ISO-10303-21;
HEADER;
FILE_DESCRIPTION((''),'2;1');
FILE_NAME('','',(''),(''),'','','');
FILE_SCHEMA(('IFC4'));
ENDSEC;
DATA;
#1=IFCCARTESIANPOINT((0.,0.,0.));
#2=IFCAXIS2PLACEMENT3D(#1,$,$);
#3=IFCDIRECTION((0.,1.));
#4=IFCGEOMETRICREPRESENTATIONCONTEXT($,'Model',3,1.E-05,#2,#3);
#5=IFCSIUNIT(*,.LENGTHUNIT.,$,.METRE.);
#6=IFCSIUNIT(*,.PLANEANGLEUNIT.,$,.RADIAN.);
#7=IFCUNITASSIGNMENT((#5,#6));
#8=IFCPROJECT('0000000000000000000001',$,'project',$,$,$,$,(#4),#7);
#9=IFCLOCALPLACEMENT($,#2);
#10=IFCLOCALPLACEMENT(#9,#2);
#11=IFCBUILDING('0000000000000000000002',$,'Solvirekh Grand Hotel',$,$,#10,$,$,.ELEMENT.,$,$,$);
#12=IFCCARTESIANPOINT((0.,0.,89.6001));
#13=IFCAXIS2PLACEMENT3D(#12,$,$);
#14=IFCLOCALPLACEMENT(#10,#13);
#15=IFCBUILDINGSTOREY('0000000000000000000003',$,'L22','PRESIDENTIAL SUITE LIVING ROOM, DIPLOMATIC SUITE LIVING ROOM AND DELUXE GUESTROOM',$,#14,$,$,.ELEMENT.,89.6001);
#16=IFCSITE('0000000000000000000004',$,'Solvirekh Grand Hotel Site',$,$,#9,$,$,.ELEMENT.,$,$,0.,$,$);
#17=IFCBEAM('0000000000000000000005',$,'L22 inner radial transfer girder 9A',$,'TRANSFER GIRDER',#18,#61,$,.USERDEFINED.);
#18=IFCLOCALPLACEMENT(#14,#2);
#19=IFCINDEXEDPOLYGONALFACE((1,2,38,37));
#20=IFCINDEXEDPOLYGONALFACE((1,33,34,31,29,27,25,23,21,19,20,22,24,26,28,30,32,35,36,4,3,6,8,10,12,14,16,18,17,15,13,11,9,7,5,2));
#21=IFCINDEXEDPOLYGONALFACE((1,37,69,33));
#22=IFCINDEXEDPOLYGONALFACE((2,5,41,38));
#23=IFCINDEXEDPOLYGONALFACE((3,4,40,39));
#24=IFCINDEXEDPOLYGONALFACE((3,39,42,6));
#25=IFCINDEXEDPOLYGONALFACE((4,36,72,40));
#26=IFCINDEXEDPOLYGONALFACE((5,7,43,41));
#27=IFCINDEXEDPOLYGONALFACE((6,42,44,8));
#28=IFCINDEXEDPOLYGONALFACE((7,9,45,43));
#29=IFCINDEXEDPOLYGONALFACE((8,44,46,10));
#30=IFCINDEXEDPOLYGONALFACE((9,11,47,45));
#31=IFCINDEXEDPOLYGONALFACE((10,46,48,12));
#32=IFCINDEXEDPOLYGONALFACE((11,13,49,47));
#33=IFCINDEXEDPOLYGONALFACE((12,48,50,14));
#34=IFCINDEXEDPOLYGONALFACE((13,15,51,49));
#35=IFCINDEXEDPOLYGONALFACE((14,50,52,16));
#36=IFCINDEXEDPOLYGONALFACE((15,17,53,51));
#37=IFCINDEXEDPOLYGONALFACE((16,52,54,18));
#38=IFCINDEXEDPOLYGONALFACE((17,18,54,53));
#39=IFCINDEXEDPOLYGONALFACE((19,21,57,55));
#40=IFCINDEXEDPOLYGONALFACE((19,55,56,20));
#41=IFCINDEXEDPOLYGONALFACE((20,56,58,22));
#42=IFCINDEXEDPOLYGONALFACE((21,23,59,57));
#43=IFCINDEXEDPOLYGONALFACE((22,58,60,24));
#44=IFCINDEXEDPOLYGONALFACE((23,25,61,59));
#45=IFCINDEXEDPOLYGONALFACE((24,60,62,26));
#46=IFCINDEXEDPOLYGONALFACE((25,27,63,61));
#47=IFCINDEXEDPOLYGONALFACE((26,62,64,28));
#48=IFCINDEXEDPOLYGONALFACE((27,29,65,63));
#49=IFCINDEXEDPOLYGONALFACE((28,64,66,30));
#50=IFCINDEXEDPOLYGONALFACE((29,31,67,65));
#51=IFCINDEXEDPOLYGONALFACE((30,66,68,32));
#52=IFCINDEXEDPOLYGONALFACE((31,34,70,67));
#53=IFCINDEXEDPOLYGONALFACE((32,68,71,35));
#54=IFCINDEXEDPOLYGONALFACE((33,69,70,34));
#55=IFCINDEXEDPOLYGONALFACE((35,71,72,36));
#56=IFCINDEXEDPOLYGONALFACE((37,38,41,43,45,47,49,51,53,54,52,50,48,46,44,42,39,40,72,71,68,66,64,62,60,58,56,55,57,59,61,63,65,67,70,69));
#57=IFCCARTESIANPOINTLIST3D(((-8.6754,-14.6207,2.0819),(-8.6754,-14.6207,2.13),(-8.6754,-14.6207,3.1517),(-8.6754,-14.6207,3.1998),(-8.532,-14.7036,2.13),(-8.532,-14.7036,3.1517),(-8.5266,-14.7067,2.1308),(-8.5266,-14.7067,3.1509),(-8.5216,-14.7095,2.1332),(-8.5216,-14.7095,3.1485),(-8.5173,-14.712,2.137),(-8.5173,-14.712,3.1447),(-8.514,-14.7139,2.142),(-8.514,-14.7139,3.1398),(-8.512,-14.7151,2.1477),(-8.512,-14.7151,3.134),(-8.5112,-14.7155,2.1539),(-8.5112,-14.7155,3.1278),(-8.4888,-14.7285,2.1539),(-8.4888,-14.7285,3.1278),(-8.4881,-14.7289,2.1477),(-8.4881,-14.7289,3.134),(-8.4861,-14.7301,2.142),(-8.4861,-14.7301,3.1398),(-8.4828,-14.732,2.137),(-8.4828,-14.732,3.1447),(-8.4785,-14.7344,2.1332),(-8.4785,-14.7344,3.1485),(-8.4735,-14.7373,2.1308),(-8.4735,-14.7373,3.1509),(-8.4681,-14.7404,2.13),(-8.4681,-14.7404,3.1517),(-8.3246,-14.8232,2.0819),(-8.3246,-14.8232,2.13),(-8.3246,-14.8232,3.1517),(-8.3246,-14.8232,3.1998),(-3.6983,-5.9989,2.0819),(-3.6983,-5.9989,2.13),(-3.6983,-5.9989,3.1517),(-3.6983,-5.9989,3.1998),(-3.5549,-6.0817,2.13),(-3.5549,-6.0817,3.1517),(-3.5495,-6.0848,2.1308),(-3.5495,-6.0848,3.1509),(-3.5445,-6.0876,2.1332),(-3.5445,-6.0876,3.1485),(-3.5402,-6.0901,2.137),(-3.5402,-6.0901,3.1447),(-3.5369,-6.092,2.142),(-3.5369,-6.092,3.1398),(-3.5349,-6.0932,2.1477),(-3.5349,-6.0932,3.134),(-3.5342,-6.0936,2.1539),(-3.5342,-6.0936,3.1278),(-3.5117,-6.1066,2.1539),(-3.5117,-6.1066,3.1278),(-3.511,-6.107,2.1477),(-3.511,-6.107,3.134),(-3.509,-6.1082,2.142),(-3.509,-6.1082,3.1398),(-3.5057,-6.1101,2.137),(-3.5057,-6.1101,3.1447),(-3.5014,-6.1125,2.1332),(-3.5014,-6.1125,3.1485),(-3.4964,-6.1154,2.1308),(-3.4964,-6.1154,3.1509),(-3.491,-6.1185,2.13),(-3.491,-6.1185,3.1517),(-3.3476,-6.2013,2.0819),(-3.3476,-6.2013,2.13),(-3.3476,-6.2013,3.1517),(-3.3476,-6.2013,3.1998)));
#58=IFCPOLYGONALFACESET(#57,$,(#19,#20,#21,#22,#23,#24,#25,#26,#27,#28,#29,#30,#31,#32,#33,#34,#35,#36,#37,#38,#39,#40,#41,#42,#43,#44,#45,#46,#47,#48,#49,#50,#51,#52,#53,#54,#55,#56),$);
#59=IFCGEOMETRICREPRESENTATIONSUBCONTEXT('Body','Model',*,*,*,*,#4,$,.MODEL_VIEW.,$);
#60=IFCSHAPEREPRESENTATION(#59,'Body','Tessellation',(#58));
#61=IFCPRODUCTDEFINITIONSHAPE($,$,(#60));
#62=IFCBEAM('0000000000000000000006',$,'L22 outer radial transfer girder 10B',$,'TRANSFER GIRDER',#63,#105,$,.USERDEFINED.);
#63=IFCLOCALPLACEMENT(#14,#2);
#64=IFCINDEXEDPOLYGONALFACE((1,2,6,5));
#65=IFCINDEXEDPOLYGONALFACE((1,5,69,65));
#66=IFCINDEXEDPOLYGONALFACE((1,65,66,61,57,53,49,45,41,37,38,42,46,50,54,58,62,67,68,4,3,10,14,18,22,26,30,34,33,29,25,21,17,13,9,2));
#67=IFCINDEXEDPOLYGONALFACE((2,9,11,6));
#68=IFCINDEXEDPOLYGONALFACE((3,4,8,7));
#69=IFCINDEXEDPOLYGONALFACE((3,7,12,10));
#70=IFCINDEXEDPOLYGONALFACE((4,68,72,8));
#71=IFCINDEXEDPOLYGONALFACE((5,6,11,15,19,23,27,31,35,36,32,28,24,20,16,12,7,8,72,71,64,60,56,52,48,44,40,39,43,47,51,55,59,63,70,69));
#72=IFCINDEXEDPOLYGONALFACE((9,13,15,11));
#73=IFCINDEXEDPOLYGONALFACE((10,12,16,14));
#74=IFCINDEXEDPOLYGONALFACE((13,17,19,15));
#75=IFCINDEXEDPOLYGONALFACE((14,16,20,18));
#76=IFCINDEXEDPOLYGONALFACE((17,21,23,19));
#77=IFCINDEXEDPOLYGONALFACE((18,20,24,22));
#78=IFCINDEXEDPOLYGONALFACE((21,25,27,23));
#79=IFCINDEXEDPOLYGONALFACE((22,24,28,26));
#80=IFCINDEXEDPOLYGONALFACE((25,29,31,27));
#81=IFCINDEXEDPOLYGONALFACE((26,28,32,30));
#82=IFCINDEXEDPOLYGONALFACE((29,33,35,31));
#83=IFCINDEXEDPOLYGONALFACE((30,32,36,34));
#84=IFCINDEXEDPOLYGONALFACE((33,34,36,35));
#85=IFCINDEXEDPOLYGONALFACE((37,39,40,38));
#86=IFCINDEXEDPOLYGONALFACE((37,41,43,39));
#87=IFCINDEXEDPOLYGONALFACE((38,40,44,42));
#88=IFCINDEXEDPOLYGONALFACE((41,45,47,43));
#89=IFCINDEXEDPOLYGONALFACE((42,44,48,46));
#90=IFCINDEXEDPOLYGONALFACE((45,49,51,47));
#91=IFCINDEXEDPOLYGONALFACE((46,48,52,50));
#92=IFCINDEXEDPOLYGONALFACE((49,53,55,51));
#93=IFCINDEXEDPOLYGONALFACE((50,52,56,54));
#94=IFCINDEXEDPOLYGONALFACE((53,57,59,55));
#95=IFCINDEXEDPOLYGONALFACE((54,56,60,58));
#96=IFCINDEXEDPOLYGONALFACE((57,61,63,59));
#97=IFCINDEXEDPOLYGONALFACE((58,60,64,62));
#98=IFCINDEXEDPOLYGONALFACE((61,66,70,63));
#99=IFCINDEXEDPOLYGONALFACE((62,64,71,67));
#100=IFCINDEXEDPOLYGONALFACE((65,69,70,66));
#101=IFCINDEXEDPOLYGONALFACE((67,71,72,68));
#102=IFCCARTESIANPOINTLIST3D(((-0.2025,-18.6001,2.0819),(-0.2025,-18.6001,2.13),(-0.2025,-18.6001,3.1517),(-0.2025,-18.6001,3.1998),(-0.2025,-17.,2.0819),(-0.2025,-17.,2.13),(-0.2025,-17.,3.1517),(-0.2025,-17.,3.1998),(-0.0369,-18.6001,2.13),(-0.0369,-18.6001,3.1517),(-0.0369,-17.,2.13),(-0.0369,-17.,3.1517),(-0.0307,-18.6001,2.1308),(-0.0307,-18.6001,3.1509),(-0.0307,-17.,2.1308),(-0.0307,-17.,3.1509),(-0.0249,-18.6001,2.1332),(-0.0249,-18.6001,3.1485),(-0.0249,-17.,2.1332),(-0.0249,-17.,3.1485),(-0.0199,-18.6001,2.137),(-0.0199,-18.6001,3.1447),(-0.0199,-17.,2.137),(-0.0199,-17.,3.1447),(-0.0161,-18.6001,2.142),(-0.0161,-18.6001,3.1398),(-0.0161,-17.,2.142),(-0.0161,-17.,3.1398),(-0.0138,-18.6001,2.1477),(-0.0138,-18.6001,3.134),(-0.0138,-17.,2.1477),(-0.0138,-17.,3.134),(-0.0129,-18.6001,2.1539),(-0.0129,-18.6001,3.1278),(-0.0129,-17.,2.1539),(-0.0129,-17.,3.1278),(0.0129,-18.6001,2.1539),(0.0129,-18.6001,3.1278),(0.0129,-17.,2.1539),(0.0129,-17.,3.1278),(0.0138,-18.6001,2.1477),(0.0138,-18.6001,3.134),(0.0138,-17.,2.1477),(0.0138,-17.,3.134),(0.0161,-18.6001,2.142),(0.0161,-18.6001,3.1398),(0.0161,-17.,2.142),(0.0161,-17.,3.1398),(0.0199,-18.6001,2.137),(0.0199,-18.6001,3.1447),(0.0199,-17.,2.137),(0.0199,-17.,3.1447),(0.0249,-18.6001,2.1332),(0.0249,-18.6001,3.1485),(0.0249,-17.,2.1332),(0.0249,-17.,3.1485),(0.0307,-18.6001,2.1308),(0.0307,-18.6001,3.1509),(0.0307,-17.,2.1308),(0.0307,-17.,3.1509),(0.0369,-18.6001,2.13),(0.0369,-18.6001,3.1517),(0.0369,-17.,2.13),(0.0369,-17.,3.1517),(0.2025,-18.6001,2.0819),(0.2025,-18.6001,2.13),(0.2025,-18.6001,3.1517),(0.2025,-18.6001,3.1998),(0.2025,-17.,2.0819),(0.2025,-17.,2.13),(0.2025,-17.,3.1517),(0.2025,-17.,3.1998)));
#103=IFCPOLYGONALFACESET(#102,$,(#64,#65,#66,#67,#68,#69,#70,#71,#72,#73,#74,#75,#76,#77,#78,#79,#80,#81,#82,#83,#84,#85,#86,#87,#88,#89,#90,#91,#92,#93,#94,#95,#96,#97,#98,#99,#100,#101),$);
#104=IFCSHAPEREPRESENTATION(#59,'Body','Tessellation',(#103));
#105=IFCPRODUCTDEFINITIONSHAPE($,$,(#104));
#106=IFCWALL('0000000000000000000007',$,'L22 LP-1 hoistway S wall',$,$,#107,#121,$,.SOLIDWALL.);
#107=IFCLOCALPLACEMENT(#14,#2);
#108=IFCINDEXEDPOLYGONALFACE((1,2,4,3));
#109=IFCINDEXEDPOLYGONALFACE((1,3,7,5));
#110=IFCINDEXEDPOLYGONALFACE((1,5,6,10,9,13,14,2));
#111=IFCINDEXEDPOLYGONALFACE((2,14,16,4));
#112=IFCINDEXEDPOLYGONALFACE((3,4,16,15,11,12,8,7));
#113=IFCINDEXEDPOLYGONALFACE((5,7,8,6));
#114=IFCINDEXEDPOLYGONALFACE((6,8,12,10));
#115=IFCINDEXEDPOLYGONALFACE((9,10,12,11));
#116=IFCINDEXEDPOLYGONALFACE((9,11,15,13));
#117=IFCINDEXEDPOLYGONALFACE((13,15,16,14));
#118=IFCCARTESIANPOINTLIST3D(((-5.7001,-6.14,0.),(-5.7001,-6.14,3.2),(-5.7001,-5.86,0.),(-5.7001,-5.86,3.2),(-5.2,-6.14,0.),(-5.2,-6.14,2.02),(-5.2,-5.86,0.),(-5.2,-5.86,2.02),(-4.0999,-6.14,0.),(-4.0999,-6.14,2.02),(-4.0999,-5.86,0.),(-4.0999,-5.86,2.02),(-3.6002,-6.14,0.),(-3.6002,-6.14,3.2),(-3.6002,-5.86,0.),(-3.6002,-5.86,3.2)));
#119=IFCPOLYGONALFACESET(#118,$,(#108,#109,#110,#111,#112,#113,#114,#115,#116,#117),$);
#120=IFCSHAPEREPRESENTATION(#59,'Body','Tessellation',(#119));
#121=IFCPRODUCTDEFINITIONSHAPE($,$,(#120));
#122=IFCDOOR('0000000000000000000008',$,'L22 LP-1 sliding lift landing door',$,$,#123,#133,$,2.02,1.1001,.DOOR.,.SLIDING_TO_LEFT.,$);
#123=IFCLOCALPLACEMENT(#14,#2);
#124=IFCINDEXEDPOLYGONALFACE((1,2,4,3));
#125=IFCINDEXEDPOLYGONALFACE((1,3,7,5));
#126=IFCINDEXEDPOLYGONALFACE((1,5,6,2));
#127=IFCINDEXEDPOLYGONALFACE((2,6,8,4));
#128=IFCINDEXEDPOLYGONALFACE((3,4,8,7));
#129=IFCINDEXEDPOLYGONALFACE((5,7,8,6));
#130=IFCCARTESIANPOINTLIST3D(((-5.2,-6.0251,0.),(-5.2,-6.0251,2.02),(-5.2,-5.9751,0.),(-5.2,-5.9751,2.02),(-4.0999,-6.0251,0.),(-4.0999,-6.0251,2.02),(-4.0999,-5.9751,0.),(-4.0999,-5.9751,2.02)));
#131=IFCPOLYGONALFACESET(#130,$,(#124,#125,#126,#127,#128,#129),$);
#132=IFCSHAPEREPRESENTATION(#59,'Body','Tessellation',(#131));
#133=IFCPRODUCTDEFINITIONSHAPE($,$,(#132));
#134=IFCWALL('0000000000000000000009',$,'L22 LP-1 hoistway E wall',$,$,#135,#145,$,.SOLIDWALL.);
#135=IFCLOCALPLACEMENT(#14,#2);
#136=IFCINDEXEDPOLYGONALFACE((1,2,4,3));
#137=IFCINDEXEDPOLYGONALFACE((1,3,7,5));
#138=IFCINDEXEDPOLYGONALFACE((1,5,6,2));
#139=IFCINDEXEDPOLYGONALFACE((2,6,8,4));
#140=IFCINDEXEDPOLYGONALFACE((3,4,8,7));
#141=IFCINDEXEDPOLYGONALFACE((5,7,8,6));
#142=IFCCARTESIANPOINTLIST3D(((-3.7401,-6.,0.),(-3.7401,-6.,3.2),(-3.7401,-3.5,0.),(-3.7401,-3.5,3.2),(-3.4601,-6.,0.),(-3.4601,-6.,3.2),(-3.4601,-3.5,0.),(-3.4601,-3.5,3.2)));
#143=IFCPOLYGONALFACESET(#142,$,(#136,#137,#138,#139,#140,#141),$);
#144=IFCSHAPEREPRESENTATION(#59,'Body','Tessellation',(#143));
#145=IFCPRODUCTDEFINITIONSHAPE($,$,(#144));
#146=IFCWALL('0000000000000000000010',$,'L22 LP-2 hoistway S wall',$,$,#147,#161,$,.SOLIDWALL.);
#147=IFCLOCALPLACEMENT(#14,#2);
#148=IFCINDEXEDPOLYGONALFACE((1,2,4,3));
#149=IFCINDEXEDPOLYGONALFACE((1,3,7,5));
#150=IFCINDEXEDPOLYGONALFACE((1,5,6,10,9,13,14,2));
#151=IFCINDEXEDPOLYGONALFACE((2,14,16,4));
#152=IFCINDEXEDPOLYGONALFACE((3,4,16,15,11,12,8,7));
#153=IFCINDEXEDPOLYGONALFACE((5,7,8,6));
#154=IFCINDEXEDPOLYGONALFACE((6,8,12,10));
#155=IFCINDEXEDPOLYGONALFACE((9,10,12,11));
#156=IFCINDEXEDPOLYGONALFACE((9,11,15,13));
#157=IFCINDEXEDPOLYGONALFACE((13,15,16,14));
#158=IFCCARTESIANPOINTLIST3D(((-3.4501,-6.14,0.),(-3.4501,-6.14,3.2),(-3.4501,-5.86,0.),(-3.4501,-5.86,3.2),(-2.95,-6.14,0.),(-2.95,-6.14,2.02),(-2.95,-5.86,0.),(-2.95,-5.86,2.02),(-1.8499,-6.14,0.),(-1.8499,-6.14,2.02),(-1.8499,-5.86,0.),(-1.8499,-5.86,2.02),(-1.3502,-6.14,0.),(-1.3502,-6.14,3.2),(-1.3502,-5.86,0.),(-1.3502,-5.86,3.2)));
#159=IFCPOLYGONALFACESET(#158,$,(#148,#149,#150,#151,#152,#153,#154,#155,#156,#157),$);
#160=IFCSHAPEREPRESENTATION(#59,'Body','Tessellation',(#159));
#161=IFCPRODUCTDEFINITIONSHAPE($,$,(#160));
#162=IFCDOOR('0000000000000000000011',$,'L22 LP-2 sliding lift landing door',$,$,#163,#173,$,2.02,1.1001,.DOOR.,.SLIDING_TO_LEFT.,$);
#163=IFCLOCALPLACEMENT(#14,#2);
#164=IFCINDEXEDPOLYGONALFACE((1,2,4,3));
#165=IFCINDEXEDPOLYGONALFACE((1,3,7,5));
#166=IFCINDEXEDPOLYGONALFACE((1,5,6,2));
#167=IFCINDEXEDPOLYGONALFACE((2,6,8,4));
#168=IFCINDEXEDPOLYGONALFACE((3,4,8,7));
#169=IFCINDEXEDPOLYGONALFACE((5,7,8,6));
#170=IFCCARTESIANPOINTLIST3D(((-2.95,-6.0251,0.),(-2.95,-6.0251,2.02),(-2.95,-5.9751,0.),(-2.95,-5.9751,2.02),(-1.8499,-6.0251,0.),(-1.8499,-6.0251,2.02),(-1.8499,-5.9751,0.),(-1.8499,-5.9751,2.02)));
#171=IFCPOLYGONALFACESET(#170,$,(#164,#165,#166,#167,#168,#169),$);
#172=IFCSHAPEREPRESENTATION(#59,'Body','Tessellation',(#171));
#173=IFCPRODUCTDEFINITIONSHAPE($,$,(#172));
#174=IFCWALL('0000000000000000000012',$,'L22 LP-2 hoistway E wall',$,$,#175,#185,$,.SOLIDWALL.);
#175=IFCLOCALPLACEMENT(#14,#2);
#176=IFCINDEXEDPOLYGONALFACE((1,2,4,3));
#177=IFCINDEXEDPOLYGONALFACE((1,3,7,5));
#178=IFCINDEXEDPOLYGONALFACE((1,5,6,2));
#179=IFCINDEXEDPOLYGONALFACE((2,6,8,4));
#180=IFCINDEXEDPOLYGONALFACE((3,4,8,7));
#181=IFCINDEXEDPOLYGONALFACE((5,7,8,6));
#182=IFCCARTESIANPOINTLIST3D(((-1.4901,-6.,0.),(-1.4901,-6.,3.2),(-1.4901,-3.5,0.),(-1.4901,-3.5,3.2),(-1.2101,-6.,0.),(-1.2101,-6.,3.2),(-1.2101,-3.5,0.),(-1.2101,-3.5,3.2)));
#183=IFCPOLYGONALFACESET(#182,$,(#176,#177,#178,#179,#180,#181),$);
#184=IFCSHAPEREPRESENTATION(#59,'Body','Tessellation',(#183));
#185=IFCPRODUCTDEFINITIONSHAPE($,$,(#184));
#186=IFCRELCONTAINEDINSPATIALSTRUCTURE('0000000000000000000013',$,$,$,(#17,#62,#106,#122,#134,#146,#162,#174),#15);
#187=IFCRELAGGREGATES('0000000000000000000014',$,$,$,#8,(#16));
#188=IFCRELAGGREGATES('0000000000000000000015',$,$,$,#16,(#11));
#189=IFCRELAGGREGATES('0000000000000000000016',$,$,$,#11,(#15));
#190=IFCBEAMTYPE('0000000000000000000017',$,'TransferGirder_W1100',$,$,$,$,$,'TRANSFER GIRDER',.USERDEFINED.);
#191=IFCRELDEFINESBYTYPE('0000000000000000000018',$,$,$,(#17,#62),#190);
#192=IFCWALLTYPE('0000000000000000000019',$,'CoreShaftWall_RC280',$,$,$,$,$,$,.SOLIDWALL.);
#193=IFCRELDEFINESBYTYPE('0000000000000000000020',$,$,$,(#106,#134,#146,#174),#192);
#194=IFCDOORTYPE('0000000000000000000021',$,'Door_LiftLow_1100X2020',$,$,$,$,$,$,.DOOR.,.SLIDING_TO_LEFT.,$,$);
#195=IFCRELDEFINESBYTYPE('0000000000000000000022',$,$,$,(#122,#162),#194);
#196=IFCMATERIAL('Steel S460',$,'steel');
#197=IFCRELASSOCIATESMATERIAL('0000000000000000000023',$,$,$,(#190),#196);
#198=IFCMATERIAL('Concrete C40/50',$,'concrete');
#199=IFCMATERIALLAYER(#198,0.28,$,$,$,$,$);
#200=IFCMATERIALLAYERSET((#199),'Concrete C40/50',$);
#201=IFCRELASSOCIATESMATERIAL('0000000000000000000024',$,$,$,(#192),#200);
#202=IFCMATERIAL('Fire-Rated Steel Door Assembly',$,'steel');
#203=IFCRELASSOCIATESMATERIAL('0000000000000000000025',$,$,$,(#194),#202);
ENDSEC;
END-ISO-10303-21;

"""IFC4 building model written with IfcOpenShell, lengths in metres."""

from ifc_helpers import new_model, si_unit, direction, frame, frame_2d, origin, origin_2d, place, context, subcontext, project, spatial, rectangle, i_section, extrude, material, layer, layer_set, material_profile, profile_set, type_object, element, fill, save


model = new_model("IFC4")

# Units and contexts
model_context = context("Model", 3, precision=1e-05, world=origin(), true_north=direction((0.0, 1.0)))
body_context = subcontext(model_context, "Body", "Model", "MODEL_VIEW")
ifc_project = project(units=[si_unit("LENGTHUNIT", "METRE"), si_unit("PLANEANGLEUNIT", "RADIAN")], contexts=[model_context])

# Site, building, storey
site_placement = place(None, origin())
site = spatial("IfcSite", under=ifc_project, at=site_placement, Name="Solvirekh Grand Hotel Site", CompositionType="ELEMENT", RefElevation=0.0)
building_placement = place(site_placement, origin())
building = spatial("IfcBuilding", under=site, at=building_placement, Name="Solvirekh Grand Hotel", CompositionType="ELEMENT")
storey_placement = place(building_placement, frame((0.0, 0.0, 89.6001)))
storey = spatial("IfcBuildingStorey", under=building, at=storey_placement, Name="L22", Description="PRESIDENTIAL SUITE LIVING ROOM, DIPLOMATIC SUITE LIVING ROOM AND DELUXE GUESTROOM", CompositionType="ELEMENT", Elevation=89.6001)

# Beams
ifc_material_1 = material(Name="Steel S460", Category="steel")
ifc_material_profile_1 = material_profile(ifc_material_1, i_section(OverallWidth=0.405, OverallDepth=1.1179, WebThickness=0.0259, FlangeThickness=0.0481, FilletRadius=0.0239, at=origin_2d()), Name="W1100X499")
ifc_profile_set_1 = profile_set([ifc_material_profile_1], Name="Steel S460")
beam_type_1 = type_object("IfcBeamType", Name="TransferGirder_W1100", ElementType="TRANSFER GIRDER", PredefinedType="USERDEFINED", material=ifc_profile_set_1)
beam_1_placement = place(storey_placement, frame((-3.5229, -6.1001, 2.6409), z_axis=(-0.499943, -0.866059, 0.0), x_axis=(0.866059, -0.499943, 0.0)))
element("IfcBeam", 1, at=beam_1_placement, inside=storey, type_object=beam_type_1, Name="L22 inner radial transfer girder 9A", ObjectType="TRANSFER GIRDER", PredefinedType="USERDEFINED", context=body_context, shape_type="SweptSolid", body=[
    extrude(i_section(OverallWidth=0.405, OverallDepth=1.1179, WebThickness=0.0259, FlangeThickness=0.0481, FilletRadius=0.0239, at=origin_2d()), origin(), (0.0, 0.0, 1.0), 9.9553),
])
beam_2_placement = place(storey_placement, frame((0.0, -17.0, 2.6409), z_axis=(0.0, -1.0, 0.0), x_axis=(1.0, 0.0, 0.0)))
element("IfcBeam", 2, at=beam_2_placement, inside=storey, type_object=beam_type_1, Name="L22 outer radial transfer girder 10B", ObjectType="TRANSFER GIRDER", PredefinedType="USERDEFINED", context=body_context, shape_type="SweptSolid", body=[
    extrude(i_section(OverallWidth=0.405, OverallDepth=1.1179, WebThickness=0.0259, FlangeThickness=0.0481, FilletRadius=0.0239, at=origin_2d()), origin(), (0.0, 0.0, 1.0), 1.6001),
])

# Wall, opening, door
ifc_material_2 = material(Name="Concrete C40/50", Category="concrete")
ifc_layer_1 = layer(ifc_material_2, 0.28)
ifc_layer_set_1 = layer_set([ifc_layer_1], Name="Concrete C40/50")
wall_type_1 = type_object("IfcWallType", Name="CoreShaftWall_RC280", PredefinedType="SOLIDWALL", material=ifc_layer_set_1)
wall_1_placement = place(storey_placement, frame((-5.7, -6.0, 0.0), z_axis=(0.0, 0.0, 1.0), x_axis=(1.0, 0.0, 0.0)))
wall_1 = element("IfcWall", 3, at=wall_1_placement, inside=storey, type_object=wall_type_1, Name="L22 LP-1 hoistway S wall", PredefinedType="SOLIDWALL", context=body_context, shape_type="SweptSolid", body=[
    extrude(rectangle(XDim=2.0999, YDim=0.28, at=frame_2d((1.0498, 0.0))), origin(), (0.0, 0.0, 1.0), 3.2),
])
opening_1_placement = place(wall_1_placement, frame((0.5, 0.0, 0.0)))
opening_1 = element("IfcOpeningElement", 4, at=opening_1_placement, cuts=wall_1, PredefinedType="OPENING", context=body_context, shape_type="SweptSolid", body=[
    extrude(rectangle(XDim=1.1001, YDim=2.02, at=frame_2d((0.55, 1.01))), frame((0.0, 0.1499, 0.0), z_axis=(0.0, -1.0, 0.0), x_axis=(1.0, 0.0, 0.0)), (0.0, 0.0, 1.0), 0.3),
])
ifc_material_3 = material(Name="Fire-Rated Steel Door Assembly", Category="steel")
door_type = type_object("IfcDoorType", Name="Door_LiftLow_1100X2020", OperationType="SLIDING_TO_LEFT", PredefinedType="DOOR", material=ifc_material_3)
door_1_placement = place(opening_1_placement, origin())
door_1 = element("IfcDoor", 5, at=door_1_placement, inside=storey, type_object=door_type, Name="L22 LP-1 sliding lift landing door", OperationType="SLIDING_TO_LEFT", OverallHeight=2.02, OverallWidth=1.1001, PredefinedType="DOOR", context=body_context, shape_type="SweptSolid", body=[
    extrude(rectangle(XDim=1.1001, YDim=2.02, at=frame_2d((0.55, 1.01))), frame((0.0, 0.0249, 0.0), z_axis=(0.0, -1.0, 0.0), x_axis=(1.0, 0.0, 0.0)), (0.0, 0.0, 1.0), 0.05),
])
fill(opening_1, door_1)

# Wall
wall_2_placement = place(storey_placement, frame((-3.6001, -6.0, 0.0), z_axis=(0.0, 0.0, 1.0), x_axis=(0.0, 1.0, 0.0)))
element("IfcWall", 6, at=wall_2_placement, inside=storey, type_object=wall_type_1, Name="L22 LP-1 hoistway E wall", PredefinedType="SOLIDWALL", context=body_context, shape_type="SweptSolid", body=[
    extrude(rectangle(XDim=2.5, YDim=0.28, at=frame_2d((1.25, 0.0))), origin(), (0.0, 0.0, 1.0), 3.2),
])

# Wall, opening, door
wall_3_placement = place(storey_placement, frame((-3.45, -6.0, 0.0), z_axis=(0.0, 0.0, 1.0), x_axis=(1.0, 0.0, 0.0)))
wall_3 = element("IfcWall", 7, at=wall_3_placement, inside=storey, type_object=wall_type_1, Name="L22 LP-2 hoistway S wall", PredefinedType="SOLIDWALL", context=body_context, shape_type="SweptSolid", body=[
    extrude(rectangle(XDim=2.0999, YDim=0.28, at=frame_2d((1.0498, 0.0))), origin(), (0.0, 0.0, 1.0), 3.2),
])
opening_2_placement = place(wall_3_placement, frame((0.5, 0.0, 0.0)))
opening_2 = element("IfcOpeningElement", 8, at=opening_2_placement, cuts=wall_3, PredefinedType="OPENING", context=body_context, shape_type="SweptSolid", body=[
    extrude(rectangle(XDim=1.1001, YDim=2.02, at=frame_2d((0.55, 1.01))), frame((0.0, 0.1499, 0.0), z_axis=(0.0, -1.0, 0.0), x_axis=(1.0, 0.0, 0.0)), (0.0, 0.0, 1.0), 0.3),
])
door_2_placement = place(opening_2_placement, origin())
door_2 = element("IfcDoor", 9, at=door_2_placement, inside=storey, type_object=door_type, Name="L22 LP-2 sliding lift landing door", OperationType="SLIDING_TO_LEFT", OverallHeight=2.02, OverallWidth=1.1001, PredefinedType="DOOR", context=body_context, shape_type="SweptSolid", body=[
    extrude(rectangle(XDim=1.1001, YDim=2.02, at=frame_2d((0.55, 1.01))), frame((0.0, 0.0249, 0.0), z_axis=(0.0, -1.0, 0.0), x_axis=(1.0, 0.0, 0.0)), (0.0, 0.0, 1.0), 0.05),
])
fill(opening_2, door_2)

# Wall
wall_4_placement = place(storey_placement, frame((-1.3501, -6.0, 0.0), z_axis=(0.0, 0.0, 1.0), x_axis=(0.0, 1.0, 0.0)))
element("IfcWall", 10, at=wall_4_placement, inside=storey, type_object=wall_type_1, Name="L22 LP-2 hoistway E wall", PredefinedType="SOLIDWALL", context=body_context, shape_type="SweptSolid", body=[
    extrude(rectangle(XDim=2.5, YDim=0.28, at=frame_2d((1.25, 0.0))), origin(), (0.0, 0.0, 1.0), 3.2),
])

save(model, "model.ifc")
